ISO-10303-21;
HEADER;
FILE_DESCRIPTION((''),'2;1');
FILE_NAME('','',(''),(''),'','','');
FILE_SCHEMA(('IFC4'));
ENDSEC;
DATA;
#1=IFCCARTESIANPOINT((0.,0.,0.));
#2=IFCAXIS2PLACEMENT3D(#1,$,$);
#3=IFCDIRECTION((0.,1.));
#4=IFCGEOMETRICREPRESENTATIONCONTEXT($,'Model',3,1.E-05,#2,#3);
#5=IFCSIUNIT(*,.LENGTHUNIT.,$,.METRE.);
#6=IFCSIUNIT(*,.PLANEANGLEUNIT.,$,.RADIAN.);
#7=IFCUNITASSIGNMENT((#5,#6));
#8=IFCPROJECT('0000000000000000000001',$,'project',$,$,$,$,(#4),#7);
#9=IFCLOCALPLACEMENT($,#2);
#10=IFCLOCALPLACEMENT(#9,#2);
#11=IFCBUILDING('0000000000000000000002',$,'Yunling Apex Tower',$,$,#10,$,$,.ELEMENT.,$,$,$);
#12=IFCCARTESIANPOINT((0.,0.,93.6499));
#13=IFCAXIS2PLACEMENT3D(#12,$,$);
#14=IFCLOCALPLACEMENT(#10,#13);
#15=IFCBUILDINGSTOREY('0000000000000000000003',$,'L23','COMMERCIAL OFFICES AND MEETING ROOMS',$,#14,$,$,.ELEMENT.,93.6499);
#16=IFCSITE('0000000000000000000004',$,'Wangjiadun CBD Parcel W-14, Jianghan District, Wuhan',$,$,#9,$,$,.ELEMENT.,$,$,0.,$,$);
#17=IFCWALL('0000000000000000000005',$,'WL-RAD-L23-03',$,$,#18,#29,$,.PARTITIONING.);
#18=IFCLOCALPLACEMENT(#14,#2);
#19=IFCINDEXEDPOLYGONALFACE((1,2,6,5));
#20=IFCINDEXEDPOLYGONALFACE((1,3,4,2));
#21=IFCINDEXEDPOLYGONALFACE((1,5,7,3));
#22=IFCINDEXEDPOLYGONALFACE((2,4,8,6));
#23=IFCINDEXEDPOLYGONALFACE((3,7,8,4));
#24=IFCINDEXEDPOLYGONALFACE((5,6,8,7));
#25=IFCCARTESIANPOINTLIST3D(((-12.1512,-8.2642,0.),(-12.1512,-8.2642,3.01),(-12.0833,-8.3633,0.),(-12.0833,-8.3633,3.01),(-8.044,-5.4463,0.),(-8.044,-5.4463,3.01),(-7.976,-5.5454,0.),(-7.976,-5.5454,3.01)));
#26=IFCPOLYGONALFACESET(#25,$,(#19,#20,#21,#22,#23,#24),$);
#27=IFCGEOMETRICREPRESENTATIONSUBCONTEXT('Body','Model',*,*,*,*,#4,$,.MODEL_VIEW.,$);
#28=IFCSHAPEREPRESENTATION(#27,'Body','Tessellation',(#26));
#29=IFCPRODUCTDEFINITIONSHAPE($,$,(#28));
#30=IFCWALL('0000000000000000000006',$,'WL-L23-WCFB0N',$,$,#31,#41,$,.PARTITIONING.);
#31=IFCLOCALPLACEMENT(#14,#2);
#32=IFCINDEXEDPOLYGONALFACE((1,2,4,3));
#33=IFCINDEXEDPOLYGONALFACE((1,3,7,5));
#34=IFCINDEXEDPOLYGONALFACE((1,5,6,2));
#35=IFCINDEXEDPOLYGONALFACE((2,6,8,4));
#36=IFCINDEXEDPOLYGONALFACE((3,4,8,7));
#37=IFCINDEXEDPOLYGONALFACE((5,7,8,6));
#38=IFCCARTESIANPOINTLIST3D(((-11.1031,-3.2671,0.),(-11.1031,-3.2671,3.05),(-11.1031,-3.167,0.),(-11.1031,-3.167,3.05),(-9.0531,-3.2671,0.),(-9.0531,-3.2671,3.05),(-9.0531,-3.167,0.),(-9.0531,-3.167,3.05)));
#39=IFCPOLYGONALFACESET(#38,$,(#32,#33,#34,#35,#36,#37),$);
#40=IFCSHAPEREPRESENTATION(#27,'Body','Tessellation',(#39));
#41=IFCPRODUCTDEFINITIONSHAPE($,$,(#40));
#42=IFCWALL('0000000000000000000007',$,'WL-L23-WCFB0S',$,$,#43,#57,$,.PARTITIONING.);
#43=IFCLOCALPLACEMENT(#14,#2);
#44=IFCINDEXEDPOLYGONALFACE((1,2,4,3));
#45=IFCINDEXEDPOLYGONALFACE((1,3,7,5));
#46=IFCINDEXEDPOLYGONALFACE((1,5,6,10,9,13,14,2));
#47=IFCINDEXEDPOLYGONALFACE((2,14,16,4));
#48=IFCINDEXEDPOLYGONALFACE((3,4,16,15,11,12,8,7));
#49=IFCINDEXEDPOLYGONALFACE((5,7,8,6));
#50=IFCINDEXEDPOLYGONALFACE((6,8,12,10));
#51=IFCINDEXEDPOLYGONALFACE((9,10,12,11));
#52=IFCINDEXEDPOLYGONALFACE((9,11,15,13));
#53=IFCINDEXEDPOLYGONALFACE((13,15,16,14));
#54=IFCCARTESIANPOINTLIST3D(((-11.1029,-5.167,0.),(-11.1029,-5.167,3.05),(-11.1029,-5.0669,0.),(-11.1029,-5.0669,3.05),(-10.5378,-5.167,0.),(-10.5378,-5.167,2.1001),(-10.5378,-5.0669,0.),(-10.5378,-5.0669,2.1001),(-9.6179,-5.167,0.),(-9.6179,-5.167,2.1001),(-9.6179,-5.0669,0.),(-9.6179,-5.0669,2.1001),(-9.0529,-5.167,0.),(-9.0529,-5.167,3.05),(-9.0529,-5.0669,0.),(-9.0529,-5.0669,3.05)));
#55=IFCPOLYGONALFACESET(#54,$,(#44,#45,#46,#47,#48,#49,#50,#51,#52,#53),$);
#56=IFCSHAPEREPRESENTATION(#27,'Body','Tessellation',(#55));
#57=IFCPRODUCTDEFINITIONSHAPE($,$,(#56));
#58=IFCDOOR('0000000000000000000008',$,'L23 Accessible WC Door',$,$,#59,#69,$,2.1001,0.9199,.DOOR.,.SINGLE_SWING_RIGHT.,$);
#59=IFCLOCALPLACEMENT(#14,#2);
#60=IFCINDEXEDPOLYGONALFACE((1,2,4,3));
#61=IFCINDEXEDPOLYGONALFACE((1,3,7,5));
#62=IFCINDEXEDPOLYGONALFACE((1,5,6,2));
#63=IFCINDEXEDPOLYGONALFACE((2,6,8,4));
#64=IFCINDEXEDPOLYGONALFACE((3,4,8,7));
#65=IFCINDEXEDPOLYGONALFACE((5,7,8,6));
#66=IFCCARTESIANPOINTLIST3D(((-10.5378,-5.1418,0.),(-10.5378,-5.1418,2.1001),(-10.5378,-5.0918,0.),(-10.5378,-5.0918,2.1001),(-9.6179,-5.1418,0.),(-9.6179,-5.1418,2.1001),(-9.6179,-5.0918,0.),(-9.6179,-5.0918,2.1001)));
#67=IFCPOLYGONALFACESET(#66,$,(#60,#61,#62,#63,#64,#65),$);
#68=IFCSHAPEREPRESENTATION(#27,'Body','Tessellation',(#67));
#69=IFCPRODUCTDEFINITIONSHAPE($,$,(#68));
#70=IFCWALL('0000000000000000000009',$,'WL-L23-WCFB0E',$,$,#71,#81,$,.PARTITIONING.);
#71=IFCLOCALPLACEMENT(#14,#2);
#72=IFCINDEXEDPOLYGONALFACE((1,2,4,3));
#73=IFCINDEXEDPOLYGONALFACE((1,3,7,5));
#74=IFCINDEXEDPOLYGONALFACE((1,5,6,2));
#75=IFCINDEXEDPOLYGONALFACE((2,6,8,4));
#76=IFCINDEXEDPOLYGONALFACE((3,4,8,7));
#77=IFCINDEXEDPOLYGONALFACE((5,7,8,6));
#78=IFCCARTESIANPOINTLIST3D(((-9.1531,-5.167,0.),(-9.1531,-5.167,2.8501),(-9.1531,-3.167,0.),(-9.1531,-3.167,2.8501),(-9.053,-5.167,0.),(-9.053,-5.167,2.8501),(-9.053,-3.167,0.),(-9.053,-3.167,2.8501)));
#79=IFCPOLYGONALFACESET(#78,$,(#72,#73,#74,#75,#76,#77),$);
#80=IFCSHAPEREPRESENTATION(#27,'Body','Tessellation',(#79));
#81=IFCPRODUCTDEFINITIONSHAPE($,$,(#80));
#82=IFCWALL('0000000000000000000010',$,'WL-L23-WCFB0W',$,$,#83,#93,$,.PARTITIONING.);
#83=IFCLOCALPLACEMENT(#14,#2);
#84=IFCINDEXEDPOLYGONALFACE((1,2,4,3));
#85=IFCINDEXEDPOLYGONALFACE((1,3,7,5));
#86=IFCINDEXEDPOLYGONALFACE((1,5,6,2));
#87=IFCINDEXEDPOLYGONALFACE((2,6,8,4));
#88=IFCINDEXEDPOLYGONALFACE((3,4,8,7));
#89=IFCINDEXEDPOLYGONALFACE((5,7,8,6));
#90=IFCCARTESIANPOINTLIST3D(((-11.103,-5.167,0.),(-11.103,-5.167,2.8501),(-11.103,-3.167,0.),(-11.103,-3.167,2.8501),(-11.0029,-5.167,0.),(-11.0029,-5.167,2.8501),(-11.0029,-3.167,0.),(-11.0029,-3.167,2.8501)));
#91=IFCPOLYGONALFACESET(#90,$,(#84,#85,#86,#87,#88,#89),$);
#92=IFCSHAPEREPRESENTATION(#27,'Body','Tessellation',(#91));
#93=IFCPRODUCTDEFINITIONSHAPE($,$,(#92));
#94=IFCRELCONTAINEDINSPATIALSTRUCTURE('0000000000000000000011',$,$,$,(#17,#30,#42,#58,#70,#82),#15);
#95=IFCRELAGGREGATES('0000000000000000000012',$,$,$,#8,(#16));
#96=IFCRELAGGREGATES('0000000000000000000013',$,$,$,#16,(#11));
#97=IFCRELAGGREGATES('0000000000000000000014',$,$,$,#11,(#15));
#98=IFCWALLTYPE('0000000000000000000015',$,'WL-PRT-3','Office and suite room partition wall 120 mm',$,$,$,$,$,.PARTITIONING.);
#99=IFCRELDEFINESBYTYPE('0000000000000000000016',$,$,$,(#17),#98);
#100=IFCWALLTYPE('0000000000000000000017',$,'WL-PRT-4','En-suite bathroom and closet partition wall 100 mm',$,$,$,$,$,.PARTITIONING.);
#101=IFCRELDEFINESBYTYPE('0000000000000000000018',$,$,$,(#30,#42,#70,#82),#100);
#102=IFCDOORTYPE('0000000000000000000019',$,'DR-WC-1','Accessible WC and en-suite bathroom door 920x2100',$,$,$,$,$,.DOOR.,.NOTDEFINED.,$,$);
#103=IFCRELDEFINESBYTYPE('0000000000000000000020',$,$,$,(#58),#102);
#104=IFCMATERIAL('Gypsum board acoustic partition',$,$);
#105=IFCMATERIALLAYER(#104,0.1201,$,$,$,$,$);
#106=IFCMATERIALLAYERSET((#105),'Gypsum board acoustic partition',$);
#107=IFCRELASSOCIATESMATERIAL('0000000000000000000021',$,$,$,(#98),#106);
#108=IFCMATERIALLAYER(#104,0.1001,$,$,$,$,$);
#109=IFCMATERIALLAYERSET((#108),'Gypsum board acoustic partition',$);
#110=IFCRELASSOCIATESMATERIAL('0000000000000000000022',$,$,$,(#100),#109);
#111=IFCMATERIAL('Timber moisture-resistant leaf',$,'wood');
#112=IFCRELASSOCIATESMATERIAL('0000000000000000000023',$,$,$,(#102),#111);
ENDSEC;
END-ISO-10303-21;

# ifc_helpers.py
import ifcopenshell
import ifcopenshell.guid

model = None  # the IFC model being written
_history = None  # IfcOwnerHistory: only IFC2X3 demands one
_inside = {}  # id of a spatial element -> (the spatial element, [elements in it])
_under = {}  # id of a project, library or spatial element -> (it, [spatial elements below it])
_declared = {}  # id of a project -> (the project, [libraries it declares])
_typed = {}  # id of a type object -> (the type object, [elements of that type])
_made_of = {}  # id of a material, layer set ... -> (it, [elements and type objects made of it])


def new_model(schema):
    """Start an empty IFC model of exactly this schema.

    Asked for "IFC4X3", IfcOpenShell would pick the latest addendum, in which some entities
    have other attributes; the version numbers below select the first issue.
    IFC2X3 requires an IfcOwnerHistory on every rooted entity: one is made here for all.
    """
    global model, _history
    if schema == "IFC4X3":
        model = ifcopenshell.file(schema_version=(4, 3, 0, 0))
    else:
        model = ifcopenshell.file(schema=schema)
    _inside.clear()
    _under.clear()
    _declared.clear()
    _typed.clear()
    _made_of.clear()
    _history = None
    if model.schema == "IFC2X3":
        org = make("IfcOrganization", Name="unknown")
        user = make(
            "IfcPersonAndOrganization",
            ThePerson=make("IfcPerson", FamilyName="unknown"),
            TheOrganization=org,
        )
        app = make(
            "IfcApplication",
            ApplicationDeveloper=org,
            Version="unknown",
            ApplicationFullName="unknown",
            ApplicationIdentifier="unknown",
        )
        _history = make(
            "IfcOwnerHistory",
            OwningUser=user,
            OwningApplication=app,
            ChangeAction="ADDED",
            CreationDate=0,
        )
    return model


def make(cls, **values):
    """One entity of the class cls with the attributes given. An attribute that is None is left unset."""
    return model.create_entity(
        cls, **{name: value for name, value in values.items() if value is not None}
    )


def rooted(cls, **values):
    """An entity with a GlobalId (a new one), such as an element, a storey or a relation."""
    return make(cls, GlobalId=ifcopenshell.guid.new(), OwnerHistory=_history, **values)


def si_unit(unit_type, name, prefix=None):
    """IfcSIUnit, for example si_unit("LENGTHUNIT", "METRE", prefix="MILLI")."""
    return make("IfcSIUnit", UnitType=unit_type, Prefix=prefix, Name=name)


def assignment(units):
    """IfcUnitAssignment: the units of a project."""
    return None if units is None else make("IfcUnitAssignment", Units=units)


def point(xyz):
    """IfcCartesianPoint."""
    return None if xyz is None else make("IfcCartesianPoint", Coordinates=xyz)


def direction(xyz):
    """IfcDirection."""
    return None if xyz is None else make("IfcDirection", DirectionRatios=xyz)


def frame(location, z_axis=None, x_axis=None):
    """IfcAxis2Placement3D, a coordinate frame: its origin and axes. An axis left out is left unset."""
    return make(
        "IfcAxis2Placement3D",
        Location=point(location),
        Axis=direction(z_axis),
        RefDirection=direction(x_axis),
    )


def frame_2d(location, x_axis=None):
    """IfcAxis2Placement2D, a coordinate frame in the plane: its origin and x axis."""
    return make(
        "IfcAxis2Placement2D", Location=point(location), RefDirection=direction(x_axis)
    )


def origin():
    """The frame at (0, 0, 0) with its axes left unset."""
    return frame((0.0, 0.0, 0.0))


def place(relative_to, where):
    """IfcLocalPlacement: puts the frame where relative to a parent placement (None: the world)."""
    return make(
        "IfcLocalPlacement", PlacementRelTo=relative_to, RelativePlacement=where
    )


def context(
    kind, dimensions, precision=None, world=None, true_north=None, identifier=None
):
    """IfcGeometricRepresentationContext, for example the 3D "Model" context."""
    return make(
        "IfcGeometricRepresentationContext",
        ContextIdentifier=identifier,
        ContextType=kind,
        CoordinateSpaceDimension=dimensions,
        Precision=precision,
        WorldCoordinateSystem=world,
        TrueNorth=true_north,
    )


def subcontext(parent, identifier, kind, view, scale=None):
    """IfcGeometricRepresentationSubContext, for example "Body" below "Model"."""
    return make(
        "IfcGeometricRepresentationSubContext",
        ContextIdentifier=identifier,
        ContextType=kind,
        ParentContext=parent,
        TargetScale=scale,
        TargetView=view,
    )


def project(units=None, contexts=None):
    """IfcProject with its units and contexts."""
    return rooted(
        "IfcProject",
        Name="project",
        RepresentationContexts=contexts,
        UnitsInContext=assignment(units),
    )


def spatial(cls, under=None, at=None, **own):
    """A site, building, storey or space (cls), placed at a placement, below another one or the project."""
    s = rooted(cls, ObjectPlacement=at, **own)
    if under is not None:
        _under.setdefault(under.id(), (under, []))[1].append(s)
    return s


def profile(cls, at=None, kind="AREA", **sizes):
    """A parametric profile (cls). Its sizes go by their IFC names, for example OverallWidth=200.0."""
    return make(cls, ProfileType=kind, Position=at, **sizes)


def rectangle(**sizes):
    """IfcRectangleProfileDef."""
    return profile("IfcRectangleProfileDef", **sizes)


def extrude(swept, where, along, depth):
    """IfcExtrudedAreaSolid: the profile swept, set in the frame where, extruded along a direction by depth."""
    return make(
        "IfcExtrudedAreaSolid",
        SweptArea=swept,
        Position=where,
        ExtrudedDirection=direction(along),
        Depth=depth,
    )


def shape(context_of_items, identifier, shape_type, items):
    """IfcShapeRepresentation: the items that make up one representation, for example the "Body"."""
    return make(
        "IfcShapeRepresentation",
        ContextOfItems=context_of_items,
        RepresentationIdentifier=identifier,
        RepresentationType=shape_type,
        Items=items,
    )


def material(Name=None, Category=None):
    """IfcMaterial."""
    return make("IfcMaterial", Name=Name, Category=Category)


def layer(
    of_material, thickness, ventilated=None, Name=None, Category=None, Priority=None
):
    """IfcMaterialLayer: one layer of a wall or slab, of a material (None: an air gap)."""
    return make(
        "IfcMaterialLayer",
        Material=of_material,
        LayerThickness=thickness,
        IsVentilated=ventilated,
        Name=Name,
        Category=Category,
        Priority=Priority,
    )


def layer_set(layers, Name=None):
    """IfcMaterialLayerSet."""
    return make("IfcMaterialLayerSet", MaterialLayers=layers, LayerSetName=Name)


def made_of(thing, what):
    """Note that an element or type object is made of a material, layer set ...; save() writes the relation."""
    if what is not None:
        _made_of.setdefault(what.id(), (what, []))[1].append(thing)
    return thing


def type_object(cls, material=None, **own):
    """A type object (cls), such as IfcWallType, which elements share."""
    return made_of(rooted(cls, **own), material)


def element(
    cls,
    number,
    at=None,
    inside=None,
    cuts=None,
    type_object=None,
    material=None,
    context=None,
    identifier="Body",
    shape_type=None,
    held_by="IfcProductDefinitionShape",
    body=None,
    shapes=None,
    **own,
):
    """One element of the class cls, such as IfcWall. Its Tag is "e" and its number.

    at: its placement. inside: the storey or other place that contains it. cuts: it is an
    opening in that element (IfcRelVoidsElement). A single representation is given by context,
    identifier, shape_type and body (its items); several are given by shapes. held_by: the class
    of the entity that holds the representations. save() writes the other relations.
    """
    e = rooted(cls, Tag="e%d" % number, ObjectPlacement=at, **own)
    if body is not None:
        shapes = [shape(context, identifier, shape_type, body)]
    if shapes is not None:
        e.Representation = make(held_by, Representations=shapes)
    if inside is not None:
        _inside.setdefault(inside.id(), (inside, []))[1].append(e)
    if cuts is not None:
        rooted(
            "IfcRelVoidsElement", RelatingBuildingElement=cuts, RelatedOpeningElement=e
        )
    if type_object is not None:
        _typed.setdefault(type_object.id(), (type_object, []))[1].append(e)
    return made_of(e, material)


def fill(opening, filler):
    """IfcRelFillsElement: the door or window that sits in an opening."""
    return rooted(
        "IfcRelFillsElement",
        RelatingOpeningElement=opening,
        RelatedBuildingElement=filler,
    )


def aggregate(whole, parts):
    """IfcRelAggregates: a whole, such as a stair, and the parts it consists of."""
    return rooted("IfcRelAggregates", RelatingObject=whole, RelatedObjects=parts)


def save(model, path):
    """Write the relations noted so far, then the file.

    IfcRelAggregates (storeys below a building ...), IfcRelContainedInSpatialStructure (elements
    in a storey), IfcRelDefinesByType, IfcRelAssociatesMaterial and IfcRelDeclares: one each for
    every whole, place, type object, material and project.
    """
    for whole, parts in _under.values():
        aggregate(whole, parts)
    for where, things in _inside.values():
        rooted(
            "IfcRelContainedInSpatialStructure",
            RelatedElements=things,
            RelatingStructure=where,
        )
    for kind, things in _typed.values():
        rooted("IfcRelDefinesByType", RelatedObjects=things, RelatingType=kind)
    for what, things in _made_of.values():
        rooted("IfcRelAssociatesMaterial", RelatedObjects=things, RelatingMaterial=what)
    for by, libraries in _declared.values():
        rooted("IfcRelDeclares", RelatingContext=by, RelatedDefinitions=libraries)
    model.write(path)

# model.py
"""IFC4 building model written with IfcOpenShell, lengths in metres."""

from ifc_helpers import new_model, si_unit, direction, frame, frame_2d, origin, place, context, subcontext, project, spatial, rectangle, extrude, material, layer, layer_set, type_object, element, fill, save


model = new_model("IFC4")

# Units and contexts
model_context = context("Model", 3, precision=1e-05, world=origin(), true_north=direction((0.0, 1.0)))
body_context = subcontext(model_context, "Body", "Model", "MODEL_VIEW")
ifc_project = project(units=[si_unit("LENGTHUNIT", "METRE"), si_unit("PLANEANGLEUNIT", "RADIAN")], contexts=[model_context])

# Site, building, storey
site_placement = place(None, origin())
site = spatial("IfcSite", under=ifc_project, at=site_placement, Name="Wangjiadun CBD Parcel W-14, Jianghan District, Wuhan", CompositionType="ELEMENT", RefElevation=0.0)
building_placement = place(site_placement, origin())
building = spatial("IfcBuilding", under=site, at=building_placement, Name="Yunling Apex Tower", CompositionType="ELEMENT")
storey_placement = place(building_placement, frame((0.0, 0.0, 93.6499)))
storey = spatial("IfcBuildingStorey", under=building, at=storey_placement, Name="L23", Description="COMMERCIAL OFFICES AND MEETING ROOMS", CompositionType="ELEMENT", Elevation=93.6499)

# Walls
ifc_material_1 = material(Name="Gypsum board acoustic partition")
ifc_layer_1 = layer(ifc_material_1, 0.1201)
ifc_layer_set_1 = layer_set([ifc_layer_1], Name="Gypsum board acoustic partition")
wall_type_1 = type_object("IfcWallType", Name="WL-PRT-3", Description="Office and suite room partition wall 120 mm", PredefinedType="PARTITIONING", material=ifc_layer_set_1)
wall_1_placement = place(storey_placement, frame((-8.01, -5.4958, 0.0), z_axis=(0.0, 0.0, 1.0), x_axis=(-0.824586, -0.565736, 0.0)))
element("IfcWall", 1, at=wall_1_placement, inside=storey, type_object=wall_type_1, Name="WL-RAD-L23-03", PredefinedType="PARTITIONING", context=body_context, shape_type="SweptSolid", body=[
    extrude(rectangle(XDim=4.981, YDim=0.1201, at=frame_2d((2.4905, 0.0))), origin(), (0.0, 0.0, 1.0), 3.01),
])
ifc_layer_2 = layer(ifc_material_1, 0.1001)
ifc_layer_set_2 = layer_set([ifc_layer_2], Name="Gypsum board acoustic partition")
wall_type_2 = type_object("IfcWallType", Name="WL-PRT-4", Description="En-suite bathroom and closet partition wall 100 mm", PredefinedType="PARTITIONING", material=ifc_layer_set_2)
wall_2_placement = place(storey_placement, frame((-11.103, -3.217, 0.0), z_axis=(0.0, 0.0, 1.0), x_axis=(1.0, 0.0, 0.0)))
element("IfcWall", 2, at=wall_2_placement, inside=storey, type_object=wall_type_2, Name="WL-L23-WCFB0N", PredefinedType="PARTITIONING", context=body_context, shape_type="SweptSolid", body=[
    extrude(rectangle(XDim=2.05, YDim=0.1001, at=frame_2d((1.0249, 0.0))), origin(), (0.0, 0.0, 1.0), 3.05),
])

# Wall, opening, door
wall_3_placement = place(storey_placement, frame((-9.053, -5.1169, 0.0), z_axis=(0.0, 0.0, 1.0), x_axis=(-1.0, 0.0, 0.0)))
wall_3 = element("IfcWall", 3, at=wall_3_placement, inside=storey, type_object=wall_type_2, Name="WL-L23-WCFB0S", PredefinedType="PARTITIONING", context=body_context, shape_type="SweptSolid", body=[
    extrude(rectangle(XDim=2.05, YDim=0.1001, at=frame_2d((1.0249, 0.0))), origin(), (0.0, 0.0, 1.0), 3.05),
])
opening_placement = place(wall_3_placement, frame((0.5649, 0.0, 0.0)))
opening = element("IfcOpeningElement", 4, at=opening_placement, cuts=wall_3, PredefinedType="OPENING", context=body_context, shape_type="SweptSolid", body=[
    extrude(rectangle(XDim=0.9199, YDim=2.1001, at=frame_2d((0.46, 1.05))), frame((0.0, 0.0601, 0.0), z_axis=(0.0, -1.0, 0.0), x_axis=(1.0, 0.0, 0.0)), (0.0, 0.0, 1.0), 0.1201),
])
ifc_material_2 = material(Name="Timber moisture-resistant leaf", Category="wood")
door_type = type_object("IfcDoorType", Name="DR-WC-1", Description="Accessible WC and en-suite bathroom door 920x2100", OperationType="NOTDEFINED", PredefinedType="DOOR", material=ifc_material_2)
door_placement = place(opening_placement, origin())
door = element("IfcDoor", 5, at=door_placement, inside=storey, type_object=door_type, Name="L23 Accessible WC Door", OperationType="SINGLE_SWING_RIGHT", OverallHeight=2.1001, OverallWidth=0.9199, PredefinedType="DOOR", context=body_context, shape_type="SweptSolid", body=[
    extrude(rectangle(XDim=0.9199, YDim=2.1001, at=frame_2d((0.46, 1.05))), frame((0.0, 0.0249, 0.0), z_axis=(0.0, -1.0, 0.0), x_axis=(1.0, 0.0, 0.0)), (0.0, 0.0, 1.0), 0.05),
])
fill(opening, door)

# Walls
for number, where, z_axis, x_axis, name in (
    (6, (-9.103, -3.167, 0.0), (0.0, 0.0, 1.0), (0.0, -1.0, 0.0), "WL-L23-WCFB0E"),
    (7, (-11.053, -5.167, 0.0), (0.0, 0.0, 1.0), (0.0, 1.0, 0.0), "WL-L23-WCFB0W"),
):
    element("IfcWall", number, at=place(storey_placement, frame(where, z_axis=z_axis, x_axis=x_axis)), inside=storey, type_object=wall_type_2, Name=name, PredefinedType="PARTITIONING", context=body_context, shape_type="SweptSolid", body=[
        extrude(rectangle(XDim=2.0, YDim=0.1001, at=frame_2d((1.0, 0.0))), origin(), (0.0, 0.0, 1.0), 2.8501),
    ])

save(model, "model.ifc")
